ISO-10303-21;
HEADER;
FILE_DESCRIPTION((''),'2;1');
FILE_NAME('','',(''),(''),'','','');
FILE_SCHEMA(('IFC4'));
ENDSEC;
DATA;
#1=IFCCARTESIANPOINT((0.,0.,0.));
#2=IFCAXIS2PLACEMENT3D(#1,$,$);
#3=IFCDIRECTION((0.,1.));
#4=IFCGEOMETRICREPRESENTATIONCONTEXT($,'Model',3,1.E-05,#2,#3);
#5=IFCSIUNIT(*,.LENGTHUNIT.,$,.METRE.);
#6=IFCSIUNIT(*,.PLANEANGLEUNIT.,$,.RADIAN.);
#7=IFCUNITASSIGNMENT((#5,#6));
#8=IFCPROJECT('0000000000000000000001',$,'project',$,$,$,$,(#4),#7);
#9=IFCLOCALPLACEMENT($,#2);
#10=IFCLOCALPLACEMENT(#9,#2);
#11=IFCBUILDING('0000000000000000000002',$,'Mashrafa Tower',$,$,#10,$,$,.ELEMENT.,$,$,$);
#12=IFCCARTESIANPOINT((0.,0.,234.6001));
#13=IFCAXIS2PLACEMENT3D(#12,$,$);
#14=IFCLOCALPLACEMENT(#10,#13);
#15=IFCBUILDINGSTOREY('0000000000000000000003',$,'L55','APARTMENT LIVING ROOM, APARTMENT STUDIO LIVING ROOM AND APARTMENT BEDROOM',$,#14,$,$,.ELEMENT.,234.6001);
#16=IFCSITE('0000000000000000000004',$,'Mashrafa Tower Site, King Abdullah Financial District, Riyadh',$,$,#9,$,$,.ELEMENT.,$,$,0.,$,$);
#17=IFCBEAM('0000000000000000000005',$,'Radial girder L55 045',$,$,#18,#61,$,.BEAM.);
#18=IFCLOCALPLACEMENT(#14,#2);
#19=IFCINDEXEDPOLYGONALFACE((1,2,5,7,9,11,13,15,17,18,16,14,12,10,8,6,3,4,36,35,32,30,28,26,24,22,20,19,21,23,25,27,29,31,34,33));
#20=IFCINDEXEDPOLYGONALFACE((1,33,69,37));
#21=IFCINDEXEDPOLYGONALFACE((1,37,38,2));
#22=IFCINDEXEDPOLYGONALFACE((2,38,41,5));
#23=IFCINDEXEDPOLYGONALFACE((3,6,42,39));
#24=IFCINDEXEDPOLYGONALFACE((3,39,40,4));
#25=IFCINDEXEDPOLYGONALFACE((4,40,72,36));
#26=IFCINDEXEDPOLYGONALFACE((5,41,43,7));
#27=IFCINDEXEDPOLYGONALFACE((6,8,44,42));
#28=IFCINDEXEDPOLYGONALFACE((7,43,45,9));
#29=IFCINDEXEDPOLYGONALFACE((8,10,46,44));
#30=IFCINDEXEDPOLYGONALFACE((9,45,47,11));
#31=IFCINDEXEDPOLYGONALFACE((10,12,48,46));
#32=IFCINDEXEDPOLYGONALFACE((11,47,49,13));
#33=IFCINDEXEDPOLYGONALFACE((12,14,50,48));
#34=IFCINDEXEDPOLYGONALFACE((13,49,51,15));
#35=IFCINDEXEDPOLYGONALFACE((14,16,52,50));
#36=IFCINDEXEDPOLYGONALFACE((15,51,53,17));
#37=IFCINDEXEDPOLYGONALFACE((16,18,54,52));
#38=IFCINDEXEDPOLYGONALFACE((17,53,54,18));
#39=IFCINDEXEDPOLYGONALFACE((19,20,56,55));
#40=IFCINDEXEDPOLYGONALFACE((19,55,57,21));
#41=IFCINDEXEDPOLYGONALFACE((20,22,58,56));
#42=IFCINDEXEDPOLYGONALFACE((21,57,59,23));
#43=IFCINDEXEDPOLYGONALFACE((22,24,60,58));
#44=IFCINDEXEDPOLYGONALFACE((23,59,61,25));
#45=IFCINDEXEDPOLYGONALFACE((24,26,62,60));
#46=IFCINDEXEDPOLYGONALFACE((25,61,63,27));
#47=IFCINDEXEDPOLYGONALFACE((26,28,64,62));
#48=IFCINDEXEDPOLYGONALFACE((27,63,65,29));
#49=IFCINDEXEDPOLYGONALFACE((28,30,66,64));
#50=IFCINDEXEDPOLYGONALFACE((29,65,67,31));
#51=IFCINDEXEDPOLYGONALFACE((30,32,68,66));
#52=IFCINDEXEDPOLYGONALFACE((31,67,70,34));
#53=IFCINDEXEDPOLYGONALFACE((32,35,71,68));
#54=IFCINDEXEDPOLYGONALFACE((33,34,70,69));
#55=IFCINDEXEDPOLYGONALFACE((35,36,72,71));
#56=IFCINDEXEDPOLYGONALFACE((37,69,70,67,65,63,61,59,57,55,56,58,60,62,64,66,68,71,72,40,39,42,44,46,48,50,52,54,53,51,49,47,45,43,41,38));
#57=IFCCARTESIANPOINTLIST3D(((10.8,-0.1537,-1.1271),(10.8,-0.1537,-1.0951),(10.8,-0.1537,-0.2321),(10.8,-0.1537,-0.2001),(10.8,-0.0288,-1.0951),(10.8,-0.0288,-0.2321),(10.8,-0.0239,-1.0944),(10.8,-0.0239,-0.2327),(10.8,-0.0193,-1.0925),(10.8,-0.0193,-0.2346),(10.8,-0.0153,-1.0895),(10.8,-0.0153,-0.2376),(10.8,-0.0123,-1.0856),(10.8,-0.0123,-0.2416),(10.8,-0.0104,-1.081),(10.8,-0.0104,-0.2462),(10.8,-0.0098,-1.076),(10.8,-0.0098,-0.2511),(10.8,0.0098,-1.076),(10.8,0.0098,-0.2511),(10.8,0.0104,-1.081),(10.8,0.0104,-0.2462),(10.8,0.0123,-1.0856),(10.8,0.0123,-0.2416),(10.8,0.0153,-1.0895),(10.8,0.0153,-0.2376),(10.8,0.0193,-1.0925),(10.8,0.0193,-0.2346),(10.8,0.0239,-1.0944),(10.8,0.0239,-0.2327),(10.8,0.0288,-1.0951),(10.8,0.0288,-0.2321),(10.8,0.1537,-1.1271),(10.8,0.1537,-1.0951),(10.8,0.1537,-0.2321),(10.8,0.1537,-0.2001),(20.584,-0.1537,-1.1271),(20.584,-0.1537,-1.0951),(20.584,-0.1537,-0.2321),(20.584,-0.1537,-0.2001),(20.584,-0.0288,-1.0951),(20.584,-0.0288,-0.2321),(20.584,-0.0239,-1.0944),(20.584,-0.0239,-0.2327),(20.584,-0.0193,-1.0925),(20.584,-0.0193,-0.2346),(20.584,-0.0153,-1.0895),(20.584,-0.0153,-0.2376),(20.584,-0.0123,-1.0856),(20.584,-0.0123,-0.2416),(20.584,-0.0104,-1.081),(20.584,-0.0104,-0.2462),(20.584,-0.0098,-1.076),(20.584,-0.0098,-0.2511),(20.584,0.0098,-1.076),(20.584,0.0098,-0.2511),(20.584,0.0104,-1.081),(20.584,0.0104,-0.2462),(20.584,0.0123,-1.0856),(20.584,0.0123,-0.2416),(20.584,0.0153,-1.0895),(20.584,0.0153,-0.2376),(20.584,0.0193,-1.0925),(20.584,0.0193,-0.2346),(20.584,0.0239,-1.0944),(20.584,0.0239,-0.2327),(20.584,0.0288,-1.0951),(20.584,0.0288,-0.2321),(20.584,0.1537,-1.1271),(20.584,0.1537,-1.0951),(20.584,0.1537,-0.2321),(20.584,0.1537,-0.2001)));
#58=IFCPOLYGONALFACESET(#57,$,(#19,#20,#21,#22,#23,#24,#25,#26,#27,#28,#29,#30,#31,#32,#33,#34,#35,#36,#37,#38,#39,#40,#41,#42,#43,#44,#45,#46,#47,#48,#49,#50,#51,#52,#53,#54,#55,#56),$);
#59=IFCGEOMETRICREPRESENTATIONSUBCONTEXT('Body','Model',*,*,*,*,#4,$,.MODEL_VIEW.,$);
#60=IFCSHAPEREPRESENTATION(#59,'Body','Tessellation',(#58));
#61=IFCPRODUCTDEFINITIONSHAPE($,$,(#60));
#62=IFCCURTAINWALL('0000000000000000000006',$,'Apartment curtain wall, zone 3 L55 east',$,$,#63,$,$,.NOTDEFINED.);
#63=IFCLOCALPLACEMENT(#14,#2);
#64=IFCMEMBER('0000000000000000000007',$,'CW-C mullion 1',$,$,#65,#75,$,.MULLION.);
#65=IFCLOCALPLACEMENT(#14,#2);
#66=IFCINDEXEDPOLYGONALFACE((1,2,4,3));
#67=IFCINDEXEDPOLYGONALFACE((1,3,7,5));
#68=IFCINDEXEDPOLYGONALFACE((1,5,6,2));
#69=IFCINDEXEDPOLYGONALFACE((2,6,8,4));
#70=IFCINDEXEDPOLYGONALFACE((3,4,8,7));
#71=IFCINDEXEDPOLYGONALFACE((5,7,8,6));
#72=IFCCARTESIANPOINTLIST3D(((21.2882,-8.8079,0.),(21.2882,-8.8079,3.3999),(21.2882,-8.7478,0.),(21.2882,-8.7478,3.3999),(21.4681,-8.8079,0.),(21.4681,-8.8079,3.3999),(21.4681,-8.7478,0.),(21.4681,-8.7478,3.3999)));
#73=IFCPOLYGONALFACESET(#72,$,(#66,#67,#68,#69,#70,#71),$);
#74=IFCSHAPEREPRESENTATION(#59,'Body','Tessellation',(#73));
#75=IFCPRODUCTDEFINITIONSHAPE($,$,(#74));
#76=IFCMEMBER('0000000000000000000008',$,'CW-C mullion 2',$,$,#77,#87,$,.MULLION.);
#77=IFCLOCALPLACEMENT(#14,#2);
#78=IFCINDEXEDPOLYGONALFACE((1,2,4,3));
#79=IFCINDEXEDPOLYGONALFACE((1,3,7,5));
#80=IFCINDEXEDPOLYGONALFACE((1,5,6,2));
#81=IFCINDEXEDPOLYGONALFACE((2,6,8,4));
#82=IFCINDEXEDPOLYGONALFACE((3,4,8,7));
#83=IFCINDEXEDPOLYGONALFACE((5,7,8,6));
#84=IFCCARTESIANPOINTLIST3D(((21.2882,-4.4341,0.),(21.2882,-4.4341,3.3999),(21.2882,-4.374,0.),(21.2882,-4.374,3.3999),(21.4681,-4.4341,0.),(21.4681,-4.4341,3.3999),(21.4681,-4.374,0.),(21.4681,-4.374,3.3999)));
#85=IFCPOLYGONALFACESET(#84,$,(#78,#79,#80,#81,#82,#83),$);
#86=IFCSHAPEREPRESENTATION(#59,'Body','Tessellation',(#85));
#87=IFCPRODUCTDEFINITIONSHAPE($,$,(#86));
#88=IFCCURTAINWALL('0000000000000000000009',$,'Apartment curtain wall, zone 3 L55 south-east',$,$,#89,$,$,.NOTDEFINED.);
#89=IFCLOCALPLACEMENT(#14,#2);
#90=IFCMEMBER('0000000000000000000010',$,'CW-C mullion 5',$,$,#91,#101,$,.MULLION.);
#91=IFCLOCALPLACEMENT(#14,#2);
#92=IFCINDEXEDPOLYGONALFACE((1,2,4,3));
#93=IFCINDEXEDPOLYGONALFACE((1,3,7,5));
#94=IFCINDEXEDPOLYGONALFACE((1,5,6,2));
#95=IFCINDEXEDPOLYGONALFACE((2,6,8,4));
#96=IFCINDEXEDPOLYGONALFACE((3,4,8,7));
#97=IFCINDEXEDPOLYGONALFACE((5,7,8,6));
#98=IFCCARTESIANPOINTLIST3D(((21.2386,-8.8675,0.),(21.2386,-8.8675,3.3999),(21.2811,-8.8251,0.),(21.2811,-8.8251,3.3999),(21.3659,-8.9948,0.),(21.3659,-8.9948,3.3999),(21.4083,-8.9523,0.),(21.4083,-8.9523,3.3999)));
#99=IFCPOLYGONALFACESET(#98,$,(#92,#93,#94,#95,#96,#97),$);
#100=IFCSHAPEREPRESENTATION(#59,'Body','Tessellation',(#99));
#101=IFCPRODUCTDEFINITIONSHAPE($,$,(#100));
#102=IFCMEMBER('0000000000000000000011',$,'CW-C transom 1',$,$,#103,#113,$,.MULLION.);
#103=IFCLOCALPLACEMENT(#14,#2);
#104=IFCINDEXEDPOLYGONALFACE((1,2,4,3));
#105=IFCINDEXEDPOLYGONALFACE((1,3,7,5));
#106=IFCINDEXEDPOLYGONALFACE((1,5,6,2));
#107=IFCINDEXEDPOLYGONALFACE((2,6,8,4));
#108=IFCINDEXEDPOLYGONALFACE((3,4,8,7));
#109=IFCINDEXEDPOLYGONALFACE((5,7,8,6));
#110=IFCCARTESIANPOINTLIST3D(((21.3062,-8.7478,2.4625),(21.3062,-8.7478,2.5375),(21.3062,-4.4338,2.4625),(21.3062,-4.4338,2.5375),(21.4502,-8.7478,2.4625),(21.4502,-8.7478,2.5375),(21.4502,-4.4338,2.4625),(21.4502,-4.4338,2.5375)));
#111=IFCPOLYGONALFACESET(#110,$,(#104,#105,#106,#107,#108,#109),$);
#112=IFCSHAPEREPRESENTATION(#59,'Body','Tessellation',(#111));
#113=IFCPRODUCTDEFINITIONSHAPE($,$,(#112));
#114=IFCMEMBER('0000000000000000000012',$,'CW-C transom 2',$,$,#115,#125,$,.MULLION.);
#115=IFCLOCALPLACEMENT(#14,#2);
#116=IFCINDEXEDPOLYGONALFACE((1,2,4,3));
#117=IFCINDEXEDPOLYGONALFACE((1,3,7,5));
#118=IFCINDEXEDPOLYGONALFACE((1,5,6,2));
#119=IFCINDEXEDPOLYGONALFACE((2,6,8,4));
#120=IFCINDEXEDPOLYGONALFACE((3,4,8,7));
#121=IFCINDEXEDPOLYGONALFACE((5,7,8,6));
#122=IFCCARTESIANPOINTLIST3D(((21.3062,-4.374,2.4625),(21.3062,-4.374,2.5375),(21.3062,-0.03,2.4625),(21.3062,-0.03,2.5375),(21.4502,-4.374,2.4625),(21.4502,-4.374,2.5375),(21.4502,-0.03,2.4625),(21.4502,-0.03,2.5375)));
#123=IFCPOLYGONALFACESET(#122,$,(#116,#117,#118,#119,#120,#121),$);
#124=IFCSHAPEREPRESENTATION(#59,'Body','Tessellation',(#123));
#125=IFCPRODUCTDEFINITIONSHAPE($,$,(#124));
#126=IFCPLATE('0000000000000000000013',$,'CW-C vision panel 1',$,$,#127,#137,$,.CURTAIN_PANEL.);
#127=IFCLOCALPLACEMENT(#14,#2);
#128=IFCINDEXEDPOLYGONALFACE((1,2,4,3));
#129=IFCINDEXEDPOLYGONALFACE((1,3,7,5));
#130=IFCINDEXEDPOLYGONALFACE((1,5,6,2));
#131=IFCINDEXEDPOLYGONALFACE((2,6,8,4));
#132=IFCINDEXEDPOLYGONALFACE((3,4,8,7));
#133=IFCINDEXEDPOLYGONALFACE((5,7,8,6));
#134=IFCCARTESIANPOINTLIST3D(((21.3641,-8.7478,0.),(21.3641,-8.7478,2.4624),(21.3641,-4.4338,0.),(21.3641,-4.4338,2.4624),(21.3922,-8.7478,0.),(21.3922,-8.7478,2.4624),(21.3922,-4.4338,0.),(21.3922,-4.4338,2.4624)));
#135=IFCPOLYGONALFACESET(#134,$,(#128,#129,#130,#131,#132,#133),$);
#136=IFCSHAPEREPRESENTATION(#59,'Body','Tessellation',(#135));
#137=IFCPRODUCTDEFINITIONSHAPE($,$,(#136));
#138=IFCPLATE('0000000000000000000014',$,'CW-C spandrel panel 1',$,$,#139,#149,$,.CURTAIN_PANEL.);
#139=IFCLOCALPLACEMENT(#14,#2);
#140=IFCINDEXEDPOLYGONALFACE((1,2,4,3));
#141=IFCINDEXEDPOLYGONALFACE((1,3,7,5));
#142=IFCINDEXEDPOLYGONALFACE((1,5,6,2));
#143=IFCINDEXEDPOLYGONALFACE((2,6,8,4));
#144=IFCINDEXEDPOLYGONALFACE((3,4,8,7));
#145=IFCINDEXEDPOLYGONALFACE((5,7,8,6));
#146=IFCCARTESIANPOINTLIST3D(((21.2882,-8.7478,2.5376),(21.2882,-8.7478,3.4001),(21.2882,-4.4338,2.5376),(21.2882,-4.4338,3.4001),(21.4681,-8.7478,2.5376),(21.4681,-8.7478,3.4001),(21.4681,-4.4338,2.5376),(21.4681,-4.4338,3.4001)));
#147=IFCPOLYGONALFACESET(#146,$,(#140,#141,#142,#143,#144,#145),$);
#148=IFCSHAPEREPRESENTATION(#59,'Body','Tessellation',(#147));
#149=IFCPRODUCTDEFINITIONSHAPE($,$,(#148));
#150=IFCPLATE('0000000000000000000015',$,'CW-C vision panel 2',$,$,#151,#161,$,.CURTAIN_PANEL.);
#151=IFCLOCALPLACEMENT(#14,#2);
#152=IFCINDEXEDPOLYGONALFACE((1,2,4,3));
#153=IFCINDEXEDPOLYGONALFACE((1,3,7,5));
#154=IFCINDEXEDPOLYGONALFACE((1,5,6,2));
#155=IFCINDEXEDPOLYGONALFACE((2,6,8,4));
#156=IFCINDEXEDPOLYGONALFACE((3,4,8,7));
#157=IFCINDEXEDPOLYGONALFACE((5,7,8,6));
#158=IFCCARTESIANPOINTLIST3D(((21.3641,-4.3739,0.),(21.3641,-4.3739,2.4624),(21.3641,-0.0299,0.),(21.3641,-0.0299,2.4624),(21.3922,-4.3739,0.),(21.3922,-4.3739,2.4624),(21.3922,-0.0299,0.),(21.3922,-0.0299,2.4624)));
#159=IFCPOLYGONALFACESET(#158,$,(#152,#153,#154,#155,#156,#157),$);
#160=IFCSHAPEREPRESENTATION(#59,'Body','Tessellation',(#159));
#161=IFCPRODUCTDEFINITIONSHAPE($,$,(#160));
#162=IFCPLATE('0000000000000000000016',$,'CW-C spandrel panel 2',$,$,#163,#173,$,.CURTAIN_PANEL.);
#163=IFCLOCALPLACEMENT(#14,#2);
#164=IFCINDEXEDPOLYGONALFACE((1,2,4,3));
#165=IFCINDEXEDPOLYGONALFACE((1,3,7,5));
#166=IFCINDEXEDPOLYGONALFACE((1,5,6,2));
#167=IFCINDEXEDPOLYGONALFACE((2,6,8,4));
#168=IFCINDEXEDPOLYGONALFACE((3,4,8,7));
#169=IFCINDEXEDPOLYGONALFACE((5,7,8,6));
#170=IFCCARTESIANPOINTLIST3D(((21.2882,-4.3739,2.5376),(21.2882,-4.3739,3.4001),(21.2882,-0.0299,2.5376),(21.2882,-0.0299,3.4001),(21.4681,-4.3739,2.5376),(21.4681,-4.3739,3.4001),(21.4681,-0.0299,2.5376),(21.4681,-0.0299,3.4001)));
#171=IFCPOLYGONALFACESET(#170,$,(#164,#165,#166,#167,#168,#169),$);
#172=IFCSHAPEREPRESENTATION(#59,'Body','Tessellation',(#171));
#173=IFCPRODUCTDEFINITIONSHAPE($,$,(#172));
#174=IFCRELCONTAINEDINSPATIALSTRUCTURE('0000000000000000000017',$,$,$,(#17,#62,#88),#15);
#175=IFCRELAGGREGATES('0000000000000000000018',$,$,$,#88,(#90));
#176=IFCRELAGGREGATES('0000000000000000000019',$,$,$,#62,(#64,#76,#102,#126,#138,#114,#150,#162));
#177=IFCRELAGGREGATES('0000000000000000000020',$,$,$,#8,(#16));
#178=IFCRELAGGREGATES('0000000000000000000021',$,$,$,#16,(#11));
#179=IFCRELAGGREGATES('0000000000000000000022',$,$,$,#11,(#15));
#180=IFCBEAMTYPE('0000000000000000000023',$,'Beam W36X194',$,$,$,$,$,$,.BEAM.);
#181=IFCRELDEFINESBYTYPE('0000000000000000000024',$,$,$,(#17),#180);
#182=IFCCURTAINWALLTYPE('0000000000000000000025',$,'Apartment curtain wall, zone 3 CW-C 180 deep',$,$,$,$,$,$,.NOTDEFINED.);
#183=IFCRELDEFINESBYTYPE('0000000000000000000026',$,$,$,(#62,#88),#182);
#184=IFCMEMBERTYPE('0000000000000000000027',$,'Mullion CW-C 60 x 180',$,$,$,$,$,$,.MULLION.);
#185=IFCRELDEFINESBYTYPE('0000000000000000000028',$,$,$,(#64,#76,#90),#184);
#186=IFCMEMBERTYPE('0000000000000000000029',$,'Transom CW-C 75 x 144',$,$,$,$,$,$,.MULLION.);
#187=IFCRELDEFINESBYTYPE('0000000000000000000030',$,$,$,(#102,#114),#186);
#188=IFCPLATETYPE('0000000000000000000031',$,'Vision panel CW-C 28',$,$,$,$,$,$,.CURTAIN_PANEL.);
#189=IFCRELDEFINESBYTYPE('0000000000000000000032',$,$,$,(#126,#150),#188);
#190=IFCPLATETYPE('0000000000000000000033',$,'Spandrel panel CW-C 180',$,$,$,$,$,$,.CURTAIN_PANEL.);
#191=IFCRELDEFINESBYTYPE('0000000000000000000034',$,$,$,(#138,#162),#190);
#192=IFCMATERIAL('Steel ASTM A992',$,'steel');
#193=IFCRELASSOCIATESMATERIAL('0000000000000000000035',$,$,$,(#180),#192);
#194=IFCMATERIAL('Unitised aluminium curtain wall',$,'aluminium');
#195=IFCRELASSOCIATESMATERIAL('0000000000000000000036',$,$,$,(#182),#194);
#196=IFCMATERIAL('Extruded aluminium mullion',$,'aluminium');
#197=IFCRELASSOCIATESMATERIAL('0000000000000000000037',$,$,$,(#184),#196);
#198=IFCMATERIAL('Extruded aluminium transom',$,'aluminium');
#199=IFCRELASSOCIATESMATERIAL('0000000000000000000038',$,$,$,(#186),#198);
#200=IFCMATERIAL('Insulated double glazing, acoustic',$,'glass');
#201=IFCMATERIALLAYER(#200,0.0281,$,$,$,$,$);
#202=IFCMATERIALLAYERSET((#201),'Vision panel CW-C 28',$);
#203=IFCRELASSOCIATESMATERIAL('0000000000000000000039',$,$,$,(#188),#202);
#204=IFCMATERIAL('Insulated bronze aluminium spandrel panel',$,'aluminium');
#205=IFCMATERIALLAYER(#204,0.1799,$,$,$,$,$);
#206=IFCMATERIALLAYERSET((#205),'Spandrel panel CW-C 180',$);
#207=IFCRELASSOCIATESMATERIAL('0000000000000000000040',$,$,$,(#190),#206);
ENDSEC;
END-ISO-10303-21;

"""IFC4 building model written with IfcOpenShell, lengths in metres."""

from ifc_helpers import new_model, si_unit, direction, frame, origin, origin_2d, place, context, subcontext, project, spatial, rectangle, i_section, extrude, source, transform, mapped, material, layer, layer_set, material_profile, profile_set, type_object, type_shapes, element, aggregate, save


model = new_model("IFC4")

# Units and contexts
model_context = context("Model", 3, precision=1e-05, world=origin(), true_north=direction((0.0, 1.0)))
body_context = subcontext(model_context, "Body", "Model", "MODEL_VIEW")
ifc_project = project(units=[si_unit("LENGTHUNIT", "METRE"), si_unit("PLANEANGLEUNIT", "RADIAN")], contexts=[model_context])

# Site, building, storey
site_placement = place(None, origin())
site = spatial("IfcSite", under=ifc_project, at=site_placement, Name="Mashrafa Tower Site, King Abdullah Financial District, Riyadh", CompositionType="ELEMENT", RefElevation=0.0)
building_placement = place(site_placement, origin())
building = spatial("IfcBuilding", under=site, at=building_placement, Name="Mashrafa Tower", CompositionType="ELEMENT")
storey_placement = place(building_placement, frame((0.0, 0.0, 234.6001)))
storey = spatial("IfcBuildingStorey", under=building, at=storey_placement, Name="L55", Description="APARTMENT LIVING ROOM, APARTMENT STUDIO LIVING ROOM AND APARTMENT BEDROOM", CompositionType="ELEMENT", Elevation=234.6001)

# Beam
ifc_material_1 = material(Name="Steel ASTM A992", Category="steel")
ifc_material_profile_1 = material_profile(ifc_material_1, i_section(OverallWidth=0.3074, OverallDepth=0.927, WebThickness=0.0195, FlangeThickness=0.032, FilletRadius=0.019, at=origin_2d()), Name="W36X194")
ifc_profile_set_1 = profile_set([ifc_material_profile_1], Name="Steel ASTM A992")
beam_type_1 = type_object("IfcBeamType", Name="Beam W36X194", PredefinedType="BEAM", material=ifc_profile_set_1)
beam_1_placement = place(storey_placement, frame((10.8, 0.0, -0.6636), z_axis=(1.0, 0.0, 0.0), x_axis=(0.0, 1.0, 0.0)))
element("IfcBeam", 1, at=beam_1_placement, inside=storey, type_object=beam_type_1, Name="Radial girder L55 045", PredefinedType="BEAM", context=body_context, shape_type="SweptSolid", body=[
    extrude(i_section(OverallWidth=0.3074, OverallDepth=0.927, WebThickness=0.0195, FlangeThickness=0.032, FilletRadius=0.019, at=origin_2d()), origin(), (0.0, 0.0, 1.0), 9.7839),
])

# Curtain wall, members
ifc_material_2 = material(Name="Unitised aluminium curtain wall", Category="aluminium")
curtain_wall_type = type_object("IfcCurtainWallType", Name="Apartment curtain wall, zone 3 CW-C 180 deep", PredefinedType="NOTDEFINED", material=ifc_material_2)
curtain_wall_1_placement = place(storey_placement, origin())
curtain_wall_1 = element("IfcCurtainWall", 2, at=curtain_wall_1_placement, inside=storey, type_object=curtain_wall_type, Name="Apartment curtain wall, zone 3 L55 east", PredefinedType="NOTDEFINED")
ifc_material_3 = material(Name="Extruded aluminium mullion", Category="aluminium")
ifc_material_profile_2 = material_profile(ifc_material_3, rectangle(XDim=0.1799, YDim=0.0601, at=origin_2d()), Name="Mullion 60x180")
ifc_profile_set_2 = profile_set([ifc_material_profile_2], Name="Extruded aluminium mullion")
member_type_1 = type_object("IfcMemberType", Name="Mullion CW-C 60 x 180", PredefinedType="MULLION", material=ifc_profile_set_2)
shared_shape_1 = source(origin(), body_context, "Body", "SweptSolid", [
    extrude(rectangle(XDim=0.1799, YDim=0.0601, at=origin_2d()), origin(), (0.0, 0.0, 1.0), 3.3999),
])
type_shapes(member_type_1, [shared_shape_1])
member_1_placement = place(storey_placement, frame((21.3782, -8.7778, 0.0), z_axis=(0.0, 0.0, 1.0), x_axis=(-1.0, 0.0, 0.0)))
member_1 = element("IfcMember", 3, at=member_1_placement, type_object=member_type_1, Name="CW-C mullion 1", PredefinedType="MULLION", context=body_context, shape_type="MappedRepresentation", body=[
    mapped(shared_shape_1, transform((0.0, 0.0, 0.0))),
])
member_2_placement = place(storey_placement, frame((21.3782, -4.4041, 0.0), z_axis=(0.0, 0.0, 1.0), x_axis=(-1.0, 0.0, 0.0)))
member_2 = element("IfcMember", 4, at=member_2_placement, type_object=member_type_1, Name="CW-C mullion 2", PredefinedType="MULLION", context=body_context, shape_type="MappedRepresentation", body=[
    mapped(shared_shape_1, transform((0.0, 0.0, 0.0))),
])

# Curtain wall, member
curtain_wall_2_placement = place(storey_placement, origin())
curtain_wall_2 = element("IfcCurtainWall", 5, at=curtain_wall_2_placement, inside=storey, type_object=curtain_wall_type, Name="Apartment curtain wall, zone 3 L55 south-east", PredefinedType="NOTDEFINED")
member_3_placement = place(storey_placement, frame((21.3235, -8.9099, 0.0), z_axis=(0.0, 0.0, 1.0), x_axis=(-0.707107, 0.707107, 0.0)))
member_3 = element("IfcMember", 6, at=member_3_placement, type_object=member_type_1, Name="CW-C mullion 5", PredefinedType="MULLION", context=body_context, shape_type="MappedRepresentation", body=[
    mapped(shared_shape_1, transform((0.0, 0.0, 0.0))),
])
aggregate(curtain_wall_2, [member_3])

# Members
ifc_material_4 = material(Name="Extruded aluminium transom", Category="aluminium")
ifc_material_profile_3 = material_profile(ifc_material_4, rectangle(XDim=0.144, YDim=0.075, at=origin_2d()), Name="Transom 75x144")
ifc_profile_set_3 = profile_set([ifc_material_profile_3], Name="Extruded aluminium transom")
member_type_2 = type_object("IfcMemberType", Name="Transom CW-C 75 x 144", PredefinedType="MULLION", material=ifc_profile_set_3)
shared_shape_2 = source(origin(), body_context, "Body", "SweptSolid", [
    extrude(rectangle(XDim=0.144, YDim=0.075, at=origin_2d()), origin(), (0.0, 0.0, 1.0), 4.314),
])
member_4_placement = place(storey_placement, frame((21.3782, -8.7478, 2.5), z_axis=(0.0, 1.0, 0.0), x_axis=(-1.0, 0.0, 0.0)))
member_4 = element("IfcMember", 7, at=member_4_placement, type_object=member_type_2, Name="CW-C transom 1", PredefinedType="MULLION", context=body_context, shape_type="MappedRepresentation", body=[
    mapped(shared_shape_2, transform((0.0, 0.0, 0.0))),
])
shared_shape_3 = source(origin(), body_context, "Body", "SweptSolid", [
    extrude(rectangle(XDim=0.144, YDim=0.075, at=origin_2d()), origin(), (0.0, 0.0, 1.0), 4.344),
])
type_shapes(member_type_2, [shared_shape_2, shared_shape_3])
member_5_placement = place(storey_placement, frame((21.3782, -4.374, 2.5), z_axis=(0.0, 1.0, 0.0), x_axis=(-1.0, 0.0, 0.0)))
member_5 = element("IfcMember", 8, at=member_5_placement, type_object=member_type_2, Name="CW-C transom 2", PredefinedType="MULLION", context=body_context, shape_type="MappedRepresentation", body=[
    mapped(shared_shape_3, transform((0.0, 0.0, 0.0))),
])

# Plates
ifc_material_5 = material(Name="Insulated double glazing, acoustic", Category="glass")
ifc_layer_1 = layer(ifc_material_5, 0.0281)
ifc_layer_set_1 = layer_set([ifc_layer_1], Name="Vision panel CW-C 28")
plate_type_1 = type_object("IfcPlateType", Name="Vision panel CW-C 28", PredefinedType="CURTAIN_PANEL", material=ifc_layer_set_1)
shared_shape_4 = source(origin(), body_context, "Body", "SweptSolid", [
    extrude(rectangle(XDim=4.314, YDim=0.0281, at=origin_2d()), origin(), (0.0, 0.0, 1.0), 2.4624),
])
plate_1_placement = place(storey_placement, frame((21.3782, -6.5908, 0.0), z_axis=(0.0, 0.0, 1.0), x_axis=(0.0, 1.0, 0.0)))
plate_1 = element("IfcPlate", 9, at=plate_1_placement, type_object=plate_type_1, Name="CW-C vision panel 1", PredefinedType="CURTAIN_PANEL", context=body_context, shape_type="MappedRepresentation", body=[
    mapped(shared_shape_4, transform((0.0, 0.0, 0.0))),
])
ifc_material_6 = material(Name="Insulated bronze aluminium spandrel panel", Category="aluminium")
ifc_layer_2 = layer(ifc_material_6, 0.1799)
ifc_layer_set_2 = layer_set([ifc_layer_2], Name="Spandrel panel CW-C 180")
plate_type_2 = type_object("IfcPlateType", Name="Spandrel panel CW-C 180", PredefinedType="CURTAIN_PANEL", material=ifc_layer_set_2)
shared_shape_5 = source(origin(), body_context, "Body", "SweptSolid", [
    extrude(rectangle(XDim=4.314, YDim=0.1799, at=origin_2d()), origin(), (0.0, 0.0, 1.0), 0.8625),
])
plate_2_placement = place(storey_placement, frame((21.3782, -6.5908, 2.5376), z_axis=(0.0, 0.0, 1.0), x_axis=(0.0, 1.0, 0.0)))
plate_2 = element("IfcPlate", 10, at=plate_2_placement, type_object=plate_type_2, Name="CW-C spandrel panel 1", PredefinedType="CURTAIN_PANEL", context=body_context, shape_type="MappedRepresentation", body=[
    mapped(shared_shape_5, transform((0.0, 0.0, 0.0))),
])
shared_shape_6 = source(origin(), body_context, "Body", "SweptSolid", [
    extrude(rectangle(XDim=4.344, YDim=0.0281, at=origin_2d()), origin(), (0.0, 0.0, 1.0), 2.4624),
])
type_shapes(plate_type_1, [shared_shape_4, shared_shape_6])
plate_3_placement = place(storey_placement, frame((21.3782, -2.2019, 0.0), z_axis=(0.0, 0.0, 1.0), x_axis=(0.0, 1.0, 0.0)))
plate_3 = element("IfcPlate", 11, at=plate_3_placement, type_object=plate_type_1, Name="CW-C vision panel 2", PredefinedType="CURTAIN_PANEL", context=body_context, shape_type="MappedRepresentation", body=[
    mapped(shared_shape_6, transform((0.0, 0.0, 0.0))),
])
shared_shape_7 = source(origin(), body_context, "Body", "SweptSolid", [
    extrude(rectangle(XDim=4.344, YDim=0.1799, at=origin_2d()), origin(), (0.0, 0.0, 1.0), 0.8625),
])
type_shapes(plate_type_2, [shared_shape_5, shared_shape_7])
plate_4_placement = place(storey_placement, frame((21.3782, -2.2019, 2.5376), z_axis=(0.0, 0.0, 1.0), x_axis=(0.0, 1.0, 0.0)))
plate_4 = element("IfcPlate", 12, at=plate_4_placement, type_object=plate_type_2, Name="CW-C spandrel panel 2", PredefinedType="CURTAIN_PANEL", context=body_context, shape_type="MappedRepresentation", body=[
    mapped(shared_shape_7, transform((0.0, 0.0, 0.0))),
])
aggregate(curtain_wall_1, [member_1, member_2, member_4, plate_1, plate_2, member_5, plate_3, plate_4])

save(model, "model.ifc")
